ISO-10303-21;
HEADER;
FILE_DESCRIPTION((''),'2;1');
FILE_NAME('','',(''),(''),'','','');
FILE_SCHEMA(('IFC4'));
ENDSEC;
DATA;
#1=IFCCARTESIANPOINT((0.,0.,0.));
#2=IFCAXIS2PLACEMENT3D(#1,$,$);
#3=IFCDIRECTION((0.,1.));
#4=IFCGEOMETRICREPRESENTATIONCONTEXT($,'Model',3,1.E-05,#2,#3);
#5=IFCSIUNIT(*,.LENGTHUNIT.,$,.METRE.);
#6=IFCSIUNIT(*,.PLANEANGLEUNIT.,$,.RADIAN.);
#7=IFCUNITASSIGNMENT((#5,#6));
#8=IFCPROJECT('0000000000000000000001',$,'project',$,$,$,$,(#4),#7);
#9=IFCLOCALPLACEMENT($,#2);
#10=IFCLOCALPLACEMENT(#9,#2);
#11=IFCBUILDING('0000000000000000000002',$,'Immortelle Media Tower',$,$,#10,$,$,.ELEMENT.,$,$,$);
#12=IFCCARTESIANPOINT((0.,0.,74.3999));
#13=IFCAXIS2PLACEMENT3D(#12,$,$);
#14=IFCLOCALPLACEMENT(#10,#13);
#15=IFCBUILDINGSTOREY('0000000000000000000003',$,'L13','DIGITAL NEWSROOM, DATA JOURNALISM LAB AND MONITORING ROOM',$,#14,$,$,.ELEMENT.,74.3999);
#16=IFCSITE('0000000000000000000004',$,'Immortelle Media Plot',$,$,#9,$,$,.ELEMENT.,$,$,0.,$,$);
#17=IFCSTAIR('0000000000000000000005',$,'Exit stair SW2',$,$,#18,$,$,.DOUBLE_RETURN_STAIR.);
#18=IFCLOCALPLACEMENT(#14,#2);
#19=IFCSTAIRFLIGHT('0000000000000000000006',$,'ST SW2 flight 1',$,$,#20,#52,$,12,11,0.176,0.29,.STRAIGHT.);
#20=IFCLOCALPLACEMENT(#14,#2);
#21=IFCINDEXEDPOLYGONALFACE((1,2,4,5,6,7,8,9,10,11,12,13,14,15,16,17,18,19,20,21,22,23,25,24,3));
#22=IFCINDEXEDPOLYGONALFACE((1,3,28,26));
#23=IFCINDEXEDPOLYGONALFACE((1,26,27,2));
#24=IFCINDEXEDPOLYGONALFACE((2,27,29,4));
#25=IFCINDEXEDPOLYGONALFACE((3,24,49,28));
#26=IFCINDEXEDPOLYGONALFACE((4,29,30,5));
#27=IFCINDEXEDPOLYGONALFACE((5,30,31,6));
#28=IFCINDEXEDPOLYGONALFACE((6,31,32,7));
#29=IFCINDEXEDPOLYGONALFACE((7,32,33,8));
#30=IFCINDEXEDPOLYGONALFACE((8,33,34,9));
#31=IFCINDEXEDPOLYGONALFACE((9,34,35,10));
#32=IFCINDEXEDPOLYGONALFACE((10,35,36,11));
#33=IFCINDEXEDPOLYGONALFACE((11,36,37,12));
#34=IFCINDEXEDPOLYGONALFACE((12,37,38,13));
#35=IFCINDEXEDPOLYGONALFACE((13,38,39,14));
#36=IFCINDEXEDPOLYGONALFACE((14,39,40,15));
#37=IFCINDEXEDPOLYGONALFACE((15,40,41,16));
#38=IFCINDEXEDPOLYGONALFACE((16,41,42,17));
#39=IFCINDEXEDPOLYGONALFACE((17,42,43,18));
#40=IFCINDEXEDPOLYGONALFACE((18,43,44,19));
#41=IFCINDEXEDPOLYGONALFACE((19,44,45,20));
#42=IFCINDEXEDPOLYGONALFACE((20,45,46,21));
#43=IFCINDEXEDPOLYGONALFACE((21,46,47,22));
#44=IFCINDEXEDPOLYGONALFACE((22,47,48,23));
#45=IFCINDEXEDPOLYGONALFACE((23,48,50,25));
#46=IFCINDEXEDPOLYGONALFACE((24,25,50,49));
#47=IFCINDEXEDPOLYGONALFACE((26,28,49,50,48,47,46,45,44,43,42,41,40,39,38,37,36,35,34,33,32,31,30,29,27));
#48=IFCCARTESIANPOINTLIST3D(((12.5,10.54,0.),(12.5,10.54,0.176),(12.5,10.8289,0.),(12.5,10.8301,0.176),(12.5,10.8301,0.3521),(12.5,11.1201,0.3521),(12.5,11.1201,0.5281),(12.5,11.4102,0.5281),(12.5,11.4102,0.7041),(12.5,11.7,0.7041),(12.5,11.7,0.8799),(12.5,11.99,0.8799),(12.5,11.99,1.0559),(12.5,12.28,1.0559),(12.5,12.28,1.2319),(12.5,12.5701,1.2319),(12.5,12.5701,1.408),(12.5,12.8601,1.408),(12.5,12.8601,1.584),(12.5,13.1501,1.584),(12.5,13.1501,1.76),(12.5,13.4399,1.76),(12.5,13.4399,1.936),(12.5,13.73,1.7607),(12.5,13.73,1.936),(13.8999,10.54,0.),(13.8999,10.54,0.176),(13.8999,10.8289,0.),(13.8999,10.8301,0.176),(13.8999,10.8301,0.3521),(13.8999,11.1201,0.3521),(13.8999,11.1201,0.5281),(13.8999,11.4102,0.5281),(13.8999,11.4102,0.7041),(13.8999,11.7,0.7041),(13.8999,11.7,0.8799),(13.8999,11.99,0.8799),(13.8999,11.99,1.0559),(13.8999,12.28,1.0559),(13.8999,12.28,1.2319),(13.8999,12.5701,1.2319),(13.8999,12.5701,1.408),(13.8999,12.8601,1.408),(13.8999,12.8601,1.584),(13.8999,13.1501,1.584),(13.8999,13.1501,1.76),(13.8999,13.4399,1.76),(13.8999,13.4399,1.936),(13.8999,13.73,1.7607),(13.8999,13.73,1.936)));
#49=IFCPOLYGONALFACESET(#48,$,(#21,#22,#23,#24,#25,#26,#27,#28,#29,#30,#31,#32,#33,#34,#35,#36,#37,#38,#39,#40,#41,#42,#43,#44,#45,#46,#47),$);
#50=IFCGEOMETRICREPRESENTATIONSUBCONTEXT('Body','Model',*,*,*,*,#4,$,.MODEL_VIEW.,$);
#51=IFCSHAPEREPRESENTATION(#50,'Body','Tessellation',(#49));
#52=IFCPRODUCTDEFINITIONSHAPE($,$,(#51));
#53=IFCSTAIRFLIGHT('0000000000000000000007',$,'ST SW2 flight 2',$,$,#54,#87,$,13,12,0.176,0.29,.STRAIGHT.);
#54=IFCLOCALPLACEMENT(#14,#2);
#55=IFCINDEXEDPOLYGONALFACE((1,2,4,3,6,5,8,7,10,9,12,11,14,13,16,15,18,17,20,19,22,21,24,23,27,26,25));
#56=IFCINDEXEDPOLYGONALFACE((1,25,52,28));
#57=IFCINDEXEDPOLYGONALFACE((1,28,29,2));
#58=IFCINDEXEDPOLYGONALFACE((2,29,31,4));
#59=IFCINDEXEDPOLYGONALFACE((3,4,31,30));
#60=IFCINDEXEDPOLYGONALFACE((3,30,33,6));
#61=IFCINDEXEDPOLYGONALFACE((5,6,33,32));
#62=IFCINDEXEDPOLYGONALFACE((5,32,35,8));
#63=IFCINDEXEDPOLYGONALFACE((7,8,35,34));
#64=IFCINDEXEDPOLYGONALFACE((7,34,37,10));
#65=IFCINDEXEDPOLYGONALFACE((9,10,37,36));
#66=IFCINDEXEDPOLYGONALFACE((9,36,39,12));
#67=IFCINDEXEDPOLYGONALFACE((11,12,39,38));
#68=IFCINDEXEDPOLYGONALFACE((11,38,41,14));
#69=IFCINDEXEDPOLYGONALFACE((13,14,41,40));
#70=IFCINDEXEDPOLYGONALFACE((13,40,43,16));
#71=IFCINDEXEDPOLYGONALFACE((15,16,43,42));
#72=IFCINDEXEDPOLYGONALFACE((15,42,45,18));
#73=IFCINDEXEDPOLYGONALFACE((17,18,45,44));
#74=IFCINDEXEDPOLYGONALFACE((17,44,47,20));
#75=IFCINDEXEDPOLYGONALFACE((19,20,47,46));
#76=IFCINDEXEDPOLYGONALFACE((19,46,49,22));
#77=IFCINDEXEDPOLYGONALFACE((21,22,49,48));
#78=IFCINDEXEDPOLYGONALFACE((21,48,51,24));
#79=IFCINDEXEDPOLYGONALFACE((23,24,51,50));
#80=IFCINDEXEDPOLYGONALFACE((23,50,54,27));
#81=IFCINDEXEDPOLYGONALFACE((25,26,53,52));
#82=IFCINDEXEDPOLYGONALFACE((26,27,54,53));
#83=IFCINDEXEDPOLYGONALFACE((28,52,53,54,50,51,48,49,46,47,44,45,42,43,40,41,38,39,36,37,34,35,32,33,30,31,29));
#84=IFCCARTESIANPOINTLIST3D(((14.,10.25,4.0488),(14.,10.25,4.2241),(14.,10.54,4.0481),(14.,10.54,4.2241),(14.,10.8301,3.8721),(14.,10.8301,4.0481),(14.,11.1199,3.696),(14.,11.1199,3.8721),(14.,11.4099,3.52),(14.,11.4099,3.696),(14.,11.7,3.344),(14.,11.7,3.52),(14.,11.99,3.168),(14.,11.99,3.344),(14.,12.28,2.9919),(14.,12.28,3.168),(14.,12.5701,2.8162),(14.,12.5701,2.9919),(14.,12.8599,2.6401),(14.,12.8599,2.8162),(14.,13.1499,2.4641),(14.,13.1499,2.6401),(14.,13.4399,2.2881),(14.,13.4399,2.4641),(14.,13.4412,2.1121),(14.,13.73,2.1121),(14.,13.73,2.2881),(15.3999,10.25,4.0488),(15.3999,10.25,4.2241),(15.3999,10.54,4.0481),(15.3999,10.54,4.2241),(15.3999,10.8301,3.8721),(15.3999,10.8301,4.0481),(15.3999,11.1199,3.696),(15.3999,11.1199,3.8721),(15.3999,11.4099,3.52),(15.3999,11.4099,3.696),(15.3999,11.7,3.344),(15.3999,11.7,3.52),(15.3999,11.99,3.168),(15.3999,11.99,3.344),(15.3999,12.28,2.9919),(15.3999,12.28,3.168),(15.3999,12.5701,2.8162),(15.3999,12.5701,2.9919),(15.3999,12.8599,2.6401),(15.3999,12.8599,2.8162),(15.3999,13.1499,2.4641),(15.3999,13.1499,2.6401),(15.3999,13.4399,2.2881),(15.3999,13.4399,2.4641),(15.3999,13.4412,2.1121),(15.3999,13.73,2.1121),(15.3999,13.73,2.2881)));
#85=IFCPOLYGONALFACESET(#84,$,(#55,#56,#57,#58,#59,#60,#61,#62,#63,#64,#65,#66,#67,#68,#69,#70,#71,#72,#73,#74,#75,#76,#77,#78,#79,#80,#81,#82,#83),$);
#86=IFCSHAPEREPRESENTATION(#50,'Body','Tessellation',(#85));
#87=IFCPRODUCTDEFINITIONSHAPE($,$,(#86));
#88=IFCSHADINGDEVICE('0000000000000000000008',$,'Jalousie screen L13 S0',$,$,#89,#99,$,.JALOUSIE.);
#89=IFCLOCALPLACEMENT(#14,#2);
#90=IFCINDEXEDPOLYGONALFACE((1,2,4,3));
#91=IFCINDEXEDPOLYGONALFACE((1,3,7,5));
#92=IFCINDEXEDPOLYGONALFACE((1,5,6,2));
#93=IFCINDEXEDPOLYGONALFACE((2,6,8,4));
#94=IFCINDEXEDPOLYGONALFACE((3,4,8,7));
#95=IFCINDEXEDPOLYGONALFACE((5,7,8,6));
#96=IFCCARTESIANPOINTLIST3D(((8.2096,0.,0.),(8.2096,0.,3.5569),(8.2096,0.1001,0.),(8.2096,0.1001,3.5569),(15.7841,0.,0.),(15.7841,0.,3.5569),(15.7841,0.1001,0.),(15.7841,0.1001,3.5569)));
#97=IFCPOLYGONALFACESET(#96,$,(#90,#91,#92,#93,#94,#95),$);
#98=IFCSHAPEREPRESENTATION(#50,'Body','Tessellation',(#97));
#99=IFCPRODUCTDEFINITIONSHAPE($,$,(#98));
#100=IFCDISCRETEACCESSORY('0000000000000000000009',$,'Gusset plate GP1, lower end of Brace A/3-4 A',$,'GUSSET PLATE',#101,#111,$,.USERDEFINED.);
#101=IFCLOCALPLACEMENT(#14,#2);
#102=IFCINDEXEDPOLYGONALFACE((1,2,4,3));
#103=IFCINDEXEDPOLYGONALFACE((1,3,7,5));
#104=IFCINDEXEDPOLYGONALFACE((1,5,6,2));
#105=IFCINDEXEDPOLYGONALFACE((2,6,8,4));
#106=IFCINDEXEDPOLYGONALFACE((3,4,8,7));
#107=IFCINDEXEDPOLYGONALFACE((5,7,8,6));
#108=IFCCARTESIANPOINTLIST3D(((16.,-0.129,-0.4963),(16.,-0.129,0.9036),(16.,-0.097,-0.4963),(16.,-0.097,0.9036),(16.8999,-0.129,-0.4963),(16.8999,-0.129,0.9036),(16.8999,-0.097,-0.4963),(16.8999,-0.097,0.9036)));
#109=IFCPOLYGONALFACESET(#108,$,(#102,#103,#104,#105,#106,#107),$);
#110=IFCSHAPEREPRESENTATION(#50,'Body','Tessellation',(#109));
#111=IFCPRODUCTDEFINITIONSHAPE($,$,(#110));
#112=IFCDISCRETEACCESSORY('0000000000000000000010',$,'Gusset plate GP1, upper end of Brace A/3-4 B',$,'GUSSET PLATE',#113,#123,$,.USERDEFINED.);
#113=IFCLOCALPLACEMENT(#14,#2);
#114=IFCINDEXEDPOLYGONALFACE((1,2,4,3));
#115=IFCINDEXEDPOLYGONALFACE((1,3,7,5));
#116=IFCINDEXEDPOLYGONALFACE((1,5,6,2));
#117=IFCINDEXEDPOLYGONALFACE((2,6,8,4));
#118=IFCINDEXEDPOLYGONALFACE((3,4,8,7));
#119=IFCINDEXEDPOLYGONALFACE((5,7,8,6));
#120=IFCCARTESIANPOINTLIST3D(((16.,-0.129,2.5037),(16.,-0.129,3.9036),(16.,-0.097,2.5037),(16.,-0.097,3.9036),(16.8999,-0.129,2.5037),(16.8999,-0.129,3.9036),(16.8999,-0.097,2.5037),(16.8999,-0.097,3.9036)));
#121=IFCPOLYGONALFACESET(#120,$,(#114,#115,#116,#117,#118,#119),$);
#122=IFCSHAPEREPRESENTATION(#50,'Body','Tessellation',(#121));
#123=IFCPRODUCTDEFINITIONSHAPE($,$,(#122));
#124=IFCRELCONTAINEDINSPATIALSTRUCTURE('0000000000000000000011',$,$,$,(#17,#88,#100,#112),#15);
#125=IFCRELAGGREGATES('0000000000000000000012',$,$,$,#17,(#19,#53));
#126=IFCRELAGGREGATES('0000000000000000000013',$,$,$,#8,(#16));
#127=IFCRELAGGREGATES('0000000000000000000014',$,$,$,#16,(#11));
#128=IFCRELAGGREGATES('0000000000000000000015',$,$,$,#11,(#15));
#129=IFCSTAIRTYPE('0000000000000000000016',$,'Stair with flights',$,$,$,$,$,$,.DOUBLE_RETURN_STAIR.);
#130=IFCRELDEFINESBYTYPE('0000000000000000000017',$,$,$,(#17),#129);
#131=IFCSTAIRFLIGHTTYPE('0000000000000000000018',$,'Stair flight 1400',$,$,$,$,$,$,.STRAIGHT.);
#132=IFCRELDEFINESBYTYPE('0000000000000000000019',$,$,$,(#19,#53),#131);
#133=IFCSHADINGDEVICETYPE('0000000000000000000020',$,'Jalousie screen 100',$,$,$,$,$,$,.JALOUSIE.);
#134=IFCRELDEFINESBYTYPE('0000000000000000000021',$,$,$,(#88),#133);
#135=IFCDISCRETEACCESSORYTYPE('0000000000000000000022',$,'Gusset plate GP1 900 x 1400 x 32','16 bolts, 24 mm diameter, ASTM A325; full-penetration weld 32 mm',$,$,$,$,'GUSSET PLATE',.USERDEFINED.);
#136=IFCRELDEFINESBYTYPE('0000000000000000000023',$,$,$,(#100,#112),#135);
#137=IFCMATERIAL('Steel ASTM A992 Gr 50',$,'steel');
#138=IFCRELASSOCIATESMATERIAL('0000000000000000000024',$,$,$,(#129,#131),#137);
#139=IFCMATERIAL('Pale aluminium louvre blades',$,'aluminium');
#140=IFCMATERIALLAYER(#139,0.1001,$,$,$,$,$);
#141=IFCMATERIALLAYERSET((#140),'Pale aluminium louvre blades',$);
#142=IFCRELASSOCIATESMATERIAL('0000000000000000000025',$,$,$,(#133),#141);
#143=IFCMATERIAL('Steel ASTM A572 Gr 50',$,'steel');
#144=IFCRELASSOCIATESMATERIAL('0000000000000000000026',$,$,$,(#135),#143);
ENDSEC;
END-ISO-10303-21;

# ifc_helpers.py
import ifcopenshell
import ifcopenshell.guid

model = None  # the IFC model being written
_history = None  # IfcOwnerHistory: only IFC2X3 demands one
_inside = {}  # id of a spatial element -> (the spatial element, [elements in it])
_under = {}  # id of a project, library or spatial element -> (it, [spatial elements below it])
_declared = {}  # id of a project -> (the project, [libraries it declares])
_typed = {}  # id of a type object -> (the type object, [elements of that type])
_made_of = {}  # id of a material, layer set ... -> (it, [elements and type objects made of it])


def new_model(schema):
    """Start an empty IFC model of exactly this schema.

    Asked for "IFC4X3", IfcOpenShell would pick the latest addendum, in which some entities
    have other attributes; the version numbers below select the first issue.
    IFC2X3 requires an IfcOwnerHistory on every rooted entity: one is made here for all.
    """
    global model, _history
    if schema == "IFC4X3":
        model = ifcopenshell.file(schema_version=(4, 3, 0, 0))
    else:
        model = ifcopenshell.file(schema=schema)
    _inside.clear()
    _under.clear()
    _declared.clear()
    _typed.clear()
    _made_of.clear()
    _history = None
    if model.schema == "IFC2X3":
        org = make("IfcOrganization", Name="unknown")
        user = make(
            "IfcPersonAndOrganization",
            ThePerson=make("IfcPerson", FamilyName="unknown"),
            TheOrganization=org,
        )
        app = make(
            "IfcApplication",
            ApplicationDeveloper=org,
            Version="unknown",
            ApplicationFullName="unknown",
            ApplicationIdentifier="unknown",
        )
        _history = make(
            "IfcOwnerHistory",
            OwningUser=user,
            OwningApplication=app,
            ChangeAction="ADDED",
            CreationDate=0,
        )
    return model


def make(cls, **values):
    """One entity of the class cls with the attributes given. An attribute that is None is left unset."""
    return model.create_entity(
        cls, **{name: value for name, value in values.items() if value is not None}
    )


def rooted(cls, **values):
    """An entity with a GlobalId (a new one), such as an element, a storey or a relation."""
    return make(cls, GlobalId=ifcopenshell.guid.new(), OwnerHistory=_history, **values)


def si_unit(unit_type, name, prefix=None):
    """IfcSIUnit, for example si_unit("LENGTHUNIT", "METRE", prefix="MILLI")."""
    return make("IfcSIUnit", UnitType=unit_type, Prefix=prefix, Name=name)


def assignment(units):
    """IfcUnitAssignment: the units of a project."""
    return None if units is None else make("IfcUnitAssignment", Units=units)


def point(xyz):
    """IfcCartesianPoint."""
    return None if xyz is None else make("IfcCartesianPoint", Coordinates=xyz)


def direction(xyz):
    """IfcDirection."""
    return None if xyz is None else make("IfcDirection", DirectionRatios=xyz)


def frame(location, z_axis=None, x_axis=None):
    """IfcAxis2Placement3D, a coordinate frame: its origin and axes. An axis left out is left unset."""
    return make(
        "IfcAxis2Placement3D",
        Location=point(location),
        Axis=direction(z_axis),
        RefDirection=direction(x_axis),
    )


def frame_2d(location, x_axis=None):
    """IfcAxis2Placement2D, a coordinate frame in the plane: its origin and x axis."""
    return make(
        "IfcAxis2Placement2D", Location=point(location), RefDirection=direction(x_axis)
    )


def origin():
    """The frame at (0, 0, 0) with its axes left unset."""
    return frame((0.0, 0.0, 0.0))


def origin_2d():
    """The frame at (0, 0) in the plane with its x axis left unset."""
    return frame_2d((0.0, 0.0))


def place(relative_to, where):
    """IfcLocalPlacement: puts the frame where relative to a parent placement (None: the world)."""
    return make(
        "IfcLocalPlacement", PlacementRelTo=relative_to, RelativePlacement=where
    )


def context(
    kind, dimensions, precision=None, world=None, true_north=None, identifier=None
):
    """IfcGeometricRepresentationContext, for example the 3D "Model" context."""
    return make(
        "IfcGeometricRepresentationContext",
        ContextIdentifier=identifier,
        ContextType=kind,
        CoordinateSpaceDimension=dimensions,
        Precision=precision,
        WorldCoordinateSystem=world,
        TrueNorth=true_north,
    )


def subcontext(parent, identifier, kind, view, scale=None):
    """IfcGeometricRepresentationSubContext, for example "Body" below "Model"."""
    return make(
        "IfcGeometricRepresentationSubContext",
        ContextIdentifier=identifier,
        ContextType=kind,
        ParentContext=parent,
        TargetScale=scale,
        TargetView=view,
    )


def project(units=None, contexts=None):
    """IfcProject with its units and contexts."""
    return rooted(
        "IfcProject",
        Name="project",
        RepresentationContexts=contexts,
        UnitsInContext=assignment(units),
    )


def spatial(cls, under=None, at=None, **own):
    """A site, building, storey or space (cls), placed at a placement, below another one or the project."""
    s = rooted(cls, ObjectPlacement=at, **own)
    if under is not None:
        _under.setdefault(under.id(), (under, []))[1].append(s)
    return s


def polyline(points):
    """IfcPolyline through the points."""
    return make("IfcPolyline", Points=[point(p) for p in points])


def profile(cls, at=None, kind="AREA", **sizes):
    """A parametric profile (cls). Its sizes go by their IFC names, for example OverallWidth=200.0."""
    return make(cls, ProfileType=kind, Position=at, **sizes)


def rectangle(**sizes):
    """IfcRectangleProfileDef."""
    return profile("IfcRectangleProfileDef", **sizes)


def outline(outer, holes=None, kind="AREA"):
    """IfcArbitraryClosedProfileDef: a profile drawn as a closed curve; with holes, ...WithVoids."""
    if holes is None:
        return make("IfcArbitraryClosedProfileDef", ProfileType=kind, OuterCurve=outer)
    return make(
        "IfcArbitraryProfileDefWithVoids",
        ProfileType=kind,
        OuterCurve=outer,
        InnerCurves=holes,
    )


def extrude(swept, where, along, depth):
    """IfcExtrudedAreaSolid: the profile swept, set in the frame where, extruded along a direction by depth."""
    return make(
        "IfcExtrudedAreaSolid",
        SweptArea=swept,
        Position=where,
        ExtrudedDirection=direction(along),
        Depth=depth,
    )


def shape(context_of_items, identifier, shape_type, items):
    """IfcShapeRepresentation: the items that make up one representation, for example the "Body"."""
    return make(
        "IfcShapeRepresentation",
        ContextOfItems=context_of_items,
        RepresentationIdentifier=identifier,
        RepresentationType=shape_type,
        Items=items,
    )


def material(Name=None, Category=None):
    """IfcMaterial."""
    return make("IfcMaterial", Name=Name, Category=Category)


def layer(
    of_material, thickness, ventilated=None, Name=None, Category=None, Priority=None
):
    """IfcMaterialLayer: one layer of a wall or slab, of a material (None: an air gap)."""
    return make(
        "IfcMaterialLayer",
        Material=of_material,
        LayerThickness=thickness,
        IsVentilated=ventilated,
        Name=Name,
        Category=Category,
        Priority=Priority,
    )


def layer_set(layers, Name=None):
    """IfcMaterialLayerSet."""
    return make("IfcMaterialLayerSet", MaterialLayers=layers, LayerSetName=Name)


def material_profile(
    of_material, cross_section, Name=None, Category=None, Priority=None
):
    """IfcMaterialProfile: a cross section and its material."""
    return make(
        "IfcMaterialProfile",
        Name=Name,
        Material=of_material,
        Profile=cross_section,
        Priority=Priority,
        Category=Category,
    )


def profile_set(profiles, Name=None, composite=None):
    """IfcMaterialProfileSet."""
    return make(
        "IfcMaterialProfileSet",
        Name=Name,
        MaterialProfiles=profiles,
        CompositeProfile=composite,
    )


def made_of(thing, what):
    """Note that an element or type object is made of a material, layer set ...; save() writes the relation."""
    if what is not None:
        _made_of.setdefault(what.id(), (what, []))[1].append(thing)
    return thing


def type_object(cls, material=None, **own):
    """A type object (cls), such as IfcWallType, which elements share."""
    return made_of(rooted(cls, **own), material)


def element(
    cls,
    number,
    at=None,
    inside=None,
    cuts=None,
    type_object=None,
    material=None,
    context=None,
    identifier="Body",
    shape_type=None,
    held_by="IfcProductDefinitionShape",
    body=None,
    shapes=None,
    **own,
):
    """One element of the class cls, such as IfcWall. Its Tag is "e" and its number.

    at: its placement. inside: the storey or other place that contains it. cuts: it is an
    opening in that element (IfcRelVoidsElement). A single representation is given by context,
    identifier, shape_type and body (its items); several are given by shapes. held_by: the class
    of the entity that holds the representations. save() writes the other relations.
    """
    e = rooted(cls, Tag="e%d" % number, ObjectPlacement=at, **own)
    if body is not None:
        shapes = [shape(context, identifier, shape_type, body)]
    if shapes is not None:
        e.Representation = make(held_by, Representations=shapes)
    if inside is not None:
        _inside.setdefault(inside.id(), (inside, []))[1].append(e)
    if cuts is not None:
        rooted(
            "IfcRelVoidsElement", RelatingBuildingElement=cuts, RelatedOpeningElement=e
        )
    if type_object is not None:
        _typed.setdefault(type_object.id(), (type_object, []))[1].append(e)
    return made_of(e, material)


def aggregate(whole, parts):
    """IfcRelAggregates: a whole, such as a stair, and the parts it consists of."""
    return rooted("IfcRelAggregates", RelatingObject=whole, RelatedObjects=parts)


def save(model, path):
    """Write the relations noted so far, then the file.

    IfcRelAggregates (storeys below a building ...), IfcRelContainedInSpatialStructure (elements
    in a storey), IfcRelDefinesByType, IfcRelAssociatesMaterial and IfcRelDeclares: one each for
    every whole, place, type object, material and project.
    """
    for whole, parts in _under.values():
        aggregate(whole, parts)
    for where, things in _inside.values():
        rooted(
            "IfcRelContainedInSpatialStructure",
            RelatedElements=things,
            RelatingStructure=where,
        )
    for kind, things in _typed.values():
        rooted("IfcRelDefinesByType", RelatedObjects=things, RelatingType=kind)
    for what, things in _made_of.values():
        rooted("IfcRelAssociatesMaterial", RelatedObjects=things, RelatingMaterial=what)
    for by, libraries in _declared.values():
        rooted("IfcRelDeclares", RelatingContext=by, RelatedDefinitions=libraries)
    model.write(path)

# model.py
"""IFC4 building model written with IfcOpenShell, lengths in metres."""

from ifc_helpers import new_model, si_unit, direction, frame, origin, origin_2d, place, context, subcontext, project, spatial, polyline, rectangle, outline, extrude, material, layer, layer_set, material_profile, profile_set, type_object, element, aggregate, save


model = new_model("IFC4")

# Units and contexts
model_context = context("Model", 3, precision=1e-05, world=origin(), true_north=direction((0.0, 1.0)))
body_context = subcontext(model_context, "Body", "Model", "MODEL_VIEW")
ifc_project = project(units=[si_unit("LENGTHUNIT", "METRE"), si_unit("PLANEANGLEUNIT", "RADIAN")], contexts=[model_context])

# Site, building, storey
site_placement = place(None, origin())
site = spatial("IfcSite", under=ifc_project, at=site_placement, Name="Immortelle Media Plot", CompositionType="ELEMENT", RefElevation=0.0)
building_placement = place(site_placement, origin())
building = spatial("IfcBuilding", under=site, at=building_placement, Name="Immortelle Media Tower", CompositionType="ELEMENT")
storey_placement = place(building_placement, frame((0.0, 0.0, 74.3999)))
storey = spatial("IfcBuildingStorey", under=building, at=storey_placement, Name="L13", Description="DIGITAL NEWSROOM, DATA JOURNALISM LAB AND MONITORING ROOM", CompositionType="ELEMENT", Elevation=74.3999)

# Shared definitions
ifc_material_1 = material(Name="Steel ASTM A992 Gr 50", Category="steel")

# Shared definitions
stair_type = type_object("IfcStairType", Name="Stair with flights", PredefinedType="DOUBLE_RETURN_STAIR", material=ifc_material_1)
stair_flight_type = type_object("IfcStairFlightType", Name="Stair flight 1400", PredefinedType="STRAIGHT", material=ifc_material_1)

# Stair, stair flights
stair_1_placement = place(storey_placement, origin())
stair_1 = element("IfcStair", 1, at=stair_1_placement, inside=storey, type_object=stair_type, Name="Exit stair SW2", PredefinedType="DOUBLE_RETURN_STAIR")
stair_flight_1_placement = place(storey_placement, frame((13.2, 10.54, 0.0), z_axis=(0.0, 0.0, 1.0), x_axis=(0.0, 1.0, 0.0)))
stair_flight_1 = element("IfcStairFlight", 2, at=stair_flight_1_placement, type_object=stair_flight_type, Name="ST SW2 flight 1", NumberOfRisers=12, NumberOfTreads=11, PredefinedType="STRAIGHT", RiserHeight=0.176, TreadLength=0.29, context=body_context, shape_type="SweptSolid", body=[
    extrude(outline(polyline([(0.0, 0.0), (0.0, 0.176), (0.29, 0.176), (0.29, 0.3521), (0.5801, 0.3521), (0.5801, 0.5281), (0.8701, 0.5281), (0.8701, 0.7041), (1.1599, 0.7041), (1.1599, 0.8799), (1.45, 0.8799), (1.45, 1.0559), (1.74, 1.0559), (1.74, 1.2319), (2.03, 1.2319), (2.03, 1.408), (2.3201, 1.408), (2.3201, 1.584), (2.6101, 1.584), (2.6101, 1.76), (2.8999, 1.76), (2.8999, 1.936), (3.1899, 1.936), (3.1899, 2.1121), (3.1899, 1.7607), (0.2888, 0.0), (0.0, 0.0)])), frame((0.0, 0.7, 0.0), z_axis=(0.0, -1.0, 0.0), x_axis=(1.0, 0.0, 0.0)), (0.0, 0.0, 1.0), 1.3999),
])
stair_flight_2_placement = place(storey_placement, frame((14.7, 13.73, 2.1121), z_axis=(0.0, 0.0, 1.0), x_axis=(0.0, -1.0, 0.0)))
stair_flight_2 = element("IfcStairFlight", 3, at=stair_flight_2_placement, type_object=stair_flight_type, Name="ST SW2 flight 2", NumberOfRisers=13, NumberOfTreads=12, PredefinedType="STRAIGHT", RiserHeight=0.176, TreadLength=0.29, context=body_context, shape_type="SweptSolid", body=[
    extrude(outline(polyline([(0.0, 0.0), (0.0, 0.176), (0.29, 0.176), (0.29, 0.3521), (0.5801, 0.3521), (0.5801, 0.5281), (0.8701, 0.5281), (0.8701, 0.7041), (1.1599, 0.7041), (1.1599, 0.8799), (1.45, 0.8799), (1.45, 1.0559), (1.74, 1.0559), (1.74, 1.2319), (2.03, 1.2319), (2.03, 1.408), (2.3201, 1.408), (2.3201, 1.584), (2.6101, 1.584), (2.6101, 1.76), (2.8999, 1.76), (2.8999, 1.936), (3.1899, 1.936), (3.1899, 2.1121), (3.48, 2.1121), (3.48, 2.2881), (3.48, 1.9368), (0.2888, 0.0), (0.0, 0.0)])), frame((0.0, 0.7, 0.0), z_axis=(0.0, -1.0, 0.0), x_axis=(1.0, 0.0, 0.0)), (0.0, 0.0, 1.0), 1.3999),
])
aggregate(stair_1, [stair_flight_1, stair_flight_2])

# Shading device
ifc_material_2 = material(Name="Pale aluminium louvre blades", Category="aluminium")
ifc_layer_1 = layer(ifc_material_2, 0.1001)
ifc_layer_set_1 = layer_set([ifc_layer_1], Name="Pale aluminium louvre blades")
shading_device_type = type_object("IfcShadingDeviceType", Name="Jalousie screen 100", PredefinedType="JALOUSIE", material=ifc_layer_set_1)
shading_device_placement = place(storey_placement, frame((11.9968, 0.05, 0.0), z_axis=(0.0, 0.0, 1.0), x_axis=(1.0, 0.0, 0.0)))
element("IfcShadingDevice", 4, at=shading_device_placement, inside=storey, type_object=shading_device_type, Name="Jalousie screen L13 S0", PredefinedType="JALOUSIE", context=body_context, shape_type="SweptSolid", body=[
    extrude(rectangle(XDim=7.5745, YDim=0.1001, at=origin_2d()), origin(), (0.0, 0.0, 1.0), 3.5569),
])

# Discrete accessories
ifc_material_3 = material(Name="Steel ASTM A572 Gr 50", Category="steel")
ifc_material_profile_1 = material_profile(ifc_material_3, rectangle(XDim=0.032, YDim=1.3999, at=origin_2d()), Name="PL 32 x 1400")
ifc_profile_set_1 = profile_set([ifc_material_profile_1], Name="Steel ASTM A572 Gr 50")
discrete_accessory_type = type_object("IfcDiscreteAccessoryType", Name="Gusset plate GP1 900 x 1400 x 32", Description="16 bolts, 24 mm diameter, ASTM A325; full-penetration weld 32 mm", ElementType="GUSSET PLATE", PredefinedType="USERDEFINED", material=ifc_profile_set_1)
for number, where, z_axis, x_axis, name in (
    (5, (16.0, -0.113, 0.2036), (1.0, 0.0, 0.0), (0.0, 1.0, 0.0), "Gusset plate GP1, lower end of Brace A/3-4 A"),
    (6, (16.0, -0.113, 3.2036), (1.0, 0.0, 0.0), (0.0, 1.0, 0.0), "Gusset plate GP1, upper end of Brace A/3-4 B"),
):
    element("IfcDiscreteAccessory", number, at=place(storey_placement, frame(where, z_axis=z_axis, x_axis=x_axis)), inside=storey, type_object=discrete_accessory_type, Name=name, ObjectType="GUSSET PLATE", PredefinedType="USERDEFINED", context=body_context, shape_type="SweptSolid", body=[
        extrude(rectangle(XDim=0.032, YDim=1.3999, at=origin_2d()), origin(), (0.0, 0.0, 1.0), 0.8999),
    ])

save(model, "model.ifc")
